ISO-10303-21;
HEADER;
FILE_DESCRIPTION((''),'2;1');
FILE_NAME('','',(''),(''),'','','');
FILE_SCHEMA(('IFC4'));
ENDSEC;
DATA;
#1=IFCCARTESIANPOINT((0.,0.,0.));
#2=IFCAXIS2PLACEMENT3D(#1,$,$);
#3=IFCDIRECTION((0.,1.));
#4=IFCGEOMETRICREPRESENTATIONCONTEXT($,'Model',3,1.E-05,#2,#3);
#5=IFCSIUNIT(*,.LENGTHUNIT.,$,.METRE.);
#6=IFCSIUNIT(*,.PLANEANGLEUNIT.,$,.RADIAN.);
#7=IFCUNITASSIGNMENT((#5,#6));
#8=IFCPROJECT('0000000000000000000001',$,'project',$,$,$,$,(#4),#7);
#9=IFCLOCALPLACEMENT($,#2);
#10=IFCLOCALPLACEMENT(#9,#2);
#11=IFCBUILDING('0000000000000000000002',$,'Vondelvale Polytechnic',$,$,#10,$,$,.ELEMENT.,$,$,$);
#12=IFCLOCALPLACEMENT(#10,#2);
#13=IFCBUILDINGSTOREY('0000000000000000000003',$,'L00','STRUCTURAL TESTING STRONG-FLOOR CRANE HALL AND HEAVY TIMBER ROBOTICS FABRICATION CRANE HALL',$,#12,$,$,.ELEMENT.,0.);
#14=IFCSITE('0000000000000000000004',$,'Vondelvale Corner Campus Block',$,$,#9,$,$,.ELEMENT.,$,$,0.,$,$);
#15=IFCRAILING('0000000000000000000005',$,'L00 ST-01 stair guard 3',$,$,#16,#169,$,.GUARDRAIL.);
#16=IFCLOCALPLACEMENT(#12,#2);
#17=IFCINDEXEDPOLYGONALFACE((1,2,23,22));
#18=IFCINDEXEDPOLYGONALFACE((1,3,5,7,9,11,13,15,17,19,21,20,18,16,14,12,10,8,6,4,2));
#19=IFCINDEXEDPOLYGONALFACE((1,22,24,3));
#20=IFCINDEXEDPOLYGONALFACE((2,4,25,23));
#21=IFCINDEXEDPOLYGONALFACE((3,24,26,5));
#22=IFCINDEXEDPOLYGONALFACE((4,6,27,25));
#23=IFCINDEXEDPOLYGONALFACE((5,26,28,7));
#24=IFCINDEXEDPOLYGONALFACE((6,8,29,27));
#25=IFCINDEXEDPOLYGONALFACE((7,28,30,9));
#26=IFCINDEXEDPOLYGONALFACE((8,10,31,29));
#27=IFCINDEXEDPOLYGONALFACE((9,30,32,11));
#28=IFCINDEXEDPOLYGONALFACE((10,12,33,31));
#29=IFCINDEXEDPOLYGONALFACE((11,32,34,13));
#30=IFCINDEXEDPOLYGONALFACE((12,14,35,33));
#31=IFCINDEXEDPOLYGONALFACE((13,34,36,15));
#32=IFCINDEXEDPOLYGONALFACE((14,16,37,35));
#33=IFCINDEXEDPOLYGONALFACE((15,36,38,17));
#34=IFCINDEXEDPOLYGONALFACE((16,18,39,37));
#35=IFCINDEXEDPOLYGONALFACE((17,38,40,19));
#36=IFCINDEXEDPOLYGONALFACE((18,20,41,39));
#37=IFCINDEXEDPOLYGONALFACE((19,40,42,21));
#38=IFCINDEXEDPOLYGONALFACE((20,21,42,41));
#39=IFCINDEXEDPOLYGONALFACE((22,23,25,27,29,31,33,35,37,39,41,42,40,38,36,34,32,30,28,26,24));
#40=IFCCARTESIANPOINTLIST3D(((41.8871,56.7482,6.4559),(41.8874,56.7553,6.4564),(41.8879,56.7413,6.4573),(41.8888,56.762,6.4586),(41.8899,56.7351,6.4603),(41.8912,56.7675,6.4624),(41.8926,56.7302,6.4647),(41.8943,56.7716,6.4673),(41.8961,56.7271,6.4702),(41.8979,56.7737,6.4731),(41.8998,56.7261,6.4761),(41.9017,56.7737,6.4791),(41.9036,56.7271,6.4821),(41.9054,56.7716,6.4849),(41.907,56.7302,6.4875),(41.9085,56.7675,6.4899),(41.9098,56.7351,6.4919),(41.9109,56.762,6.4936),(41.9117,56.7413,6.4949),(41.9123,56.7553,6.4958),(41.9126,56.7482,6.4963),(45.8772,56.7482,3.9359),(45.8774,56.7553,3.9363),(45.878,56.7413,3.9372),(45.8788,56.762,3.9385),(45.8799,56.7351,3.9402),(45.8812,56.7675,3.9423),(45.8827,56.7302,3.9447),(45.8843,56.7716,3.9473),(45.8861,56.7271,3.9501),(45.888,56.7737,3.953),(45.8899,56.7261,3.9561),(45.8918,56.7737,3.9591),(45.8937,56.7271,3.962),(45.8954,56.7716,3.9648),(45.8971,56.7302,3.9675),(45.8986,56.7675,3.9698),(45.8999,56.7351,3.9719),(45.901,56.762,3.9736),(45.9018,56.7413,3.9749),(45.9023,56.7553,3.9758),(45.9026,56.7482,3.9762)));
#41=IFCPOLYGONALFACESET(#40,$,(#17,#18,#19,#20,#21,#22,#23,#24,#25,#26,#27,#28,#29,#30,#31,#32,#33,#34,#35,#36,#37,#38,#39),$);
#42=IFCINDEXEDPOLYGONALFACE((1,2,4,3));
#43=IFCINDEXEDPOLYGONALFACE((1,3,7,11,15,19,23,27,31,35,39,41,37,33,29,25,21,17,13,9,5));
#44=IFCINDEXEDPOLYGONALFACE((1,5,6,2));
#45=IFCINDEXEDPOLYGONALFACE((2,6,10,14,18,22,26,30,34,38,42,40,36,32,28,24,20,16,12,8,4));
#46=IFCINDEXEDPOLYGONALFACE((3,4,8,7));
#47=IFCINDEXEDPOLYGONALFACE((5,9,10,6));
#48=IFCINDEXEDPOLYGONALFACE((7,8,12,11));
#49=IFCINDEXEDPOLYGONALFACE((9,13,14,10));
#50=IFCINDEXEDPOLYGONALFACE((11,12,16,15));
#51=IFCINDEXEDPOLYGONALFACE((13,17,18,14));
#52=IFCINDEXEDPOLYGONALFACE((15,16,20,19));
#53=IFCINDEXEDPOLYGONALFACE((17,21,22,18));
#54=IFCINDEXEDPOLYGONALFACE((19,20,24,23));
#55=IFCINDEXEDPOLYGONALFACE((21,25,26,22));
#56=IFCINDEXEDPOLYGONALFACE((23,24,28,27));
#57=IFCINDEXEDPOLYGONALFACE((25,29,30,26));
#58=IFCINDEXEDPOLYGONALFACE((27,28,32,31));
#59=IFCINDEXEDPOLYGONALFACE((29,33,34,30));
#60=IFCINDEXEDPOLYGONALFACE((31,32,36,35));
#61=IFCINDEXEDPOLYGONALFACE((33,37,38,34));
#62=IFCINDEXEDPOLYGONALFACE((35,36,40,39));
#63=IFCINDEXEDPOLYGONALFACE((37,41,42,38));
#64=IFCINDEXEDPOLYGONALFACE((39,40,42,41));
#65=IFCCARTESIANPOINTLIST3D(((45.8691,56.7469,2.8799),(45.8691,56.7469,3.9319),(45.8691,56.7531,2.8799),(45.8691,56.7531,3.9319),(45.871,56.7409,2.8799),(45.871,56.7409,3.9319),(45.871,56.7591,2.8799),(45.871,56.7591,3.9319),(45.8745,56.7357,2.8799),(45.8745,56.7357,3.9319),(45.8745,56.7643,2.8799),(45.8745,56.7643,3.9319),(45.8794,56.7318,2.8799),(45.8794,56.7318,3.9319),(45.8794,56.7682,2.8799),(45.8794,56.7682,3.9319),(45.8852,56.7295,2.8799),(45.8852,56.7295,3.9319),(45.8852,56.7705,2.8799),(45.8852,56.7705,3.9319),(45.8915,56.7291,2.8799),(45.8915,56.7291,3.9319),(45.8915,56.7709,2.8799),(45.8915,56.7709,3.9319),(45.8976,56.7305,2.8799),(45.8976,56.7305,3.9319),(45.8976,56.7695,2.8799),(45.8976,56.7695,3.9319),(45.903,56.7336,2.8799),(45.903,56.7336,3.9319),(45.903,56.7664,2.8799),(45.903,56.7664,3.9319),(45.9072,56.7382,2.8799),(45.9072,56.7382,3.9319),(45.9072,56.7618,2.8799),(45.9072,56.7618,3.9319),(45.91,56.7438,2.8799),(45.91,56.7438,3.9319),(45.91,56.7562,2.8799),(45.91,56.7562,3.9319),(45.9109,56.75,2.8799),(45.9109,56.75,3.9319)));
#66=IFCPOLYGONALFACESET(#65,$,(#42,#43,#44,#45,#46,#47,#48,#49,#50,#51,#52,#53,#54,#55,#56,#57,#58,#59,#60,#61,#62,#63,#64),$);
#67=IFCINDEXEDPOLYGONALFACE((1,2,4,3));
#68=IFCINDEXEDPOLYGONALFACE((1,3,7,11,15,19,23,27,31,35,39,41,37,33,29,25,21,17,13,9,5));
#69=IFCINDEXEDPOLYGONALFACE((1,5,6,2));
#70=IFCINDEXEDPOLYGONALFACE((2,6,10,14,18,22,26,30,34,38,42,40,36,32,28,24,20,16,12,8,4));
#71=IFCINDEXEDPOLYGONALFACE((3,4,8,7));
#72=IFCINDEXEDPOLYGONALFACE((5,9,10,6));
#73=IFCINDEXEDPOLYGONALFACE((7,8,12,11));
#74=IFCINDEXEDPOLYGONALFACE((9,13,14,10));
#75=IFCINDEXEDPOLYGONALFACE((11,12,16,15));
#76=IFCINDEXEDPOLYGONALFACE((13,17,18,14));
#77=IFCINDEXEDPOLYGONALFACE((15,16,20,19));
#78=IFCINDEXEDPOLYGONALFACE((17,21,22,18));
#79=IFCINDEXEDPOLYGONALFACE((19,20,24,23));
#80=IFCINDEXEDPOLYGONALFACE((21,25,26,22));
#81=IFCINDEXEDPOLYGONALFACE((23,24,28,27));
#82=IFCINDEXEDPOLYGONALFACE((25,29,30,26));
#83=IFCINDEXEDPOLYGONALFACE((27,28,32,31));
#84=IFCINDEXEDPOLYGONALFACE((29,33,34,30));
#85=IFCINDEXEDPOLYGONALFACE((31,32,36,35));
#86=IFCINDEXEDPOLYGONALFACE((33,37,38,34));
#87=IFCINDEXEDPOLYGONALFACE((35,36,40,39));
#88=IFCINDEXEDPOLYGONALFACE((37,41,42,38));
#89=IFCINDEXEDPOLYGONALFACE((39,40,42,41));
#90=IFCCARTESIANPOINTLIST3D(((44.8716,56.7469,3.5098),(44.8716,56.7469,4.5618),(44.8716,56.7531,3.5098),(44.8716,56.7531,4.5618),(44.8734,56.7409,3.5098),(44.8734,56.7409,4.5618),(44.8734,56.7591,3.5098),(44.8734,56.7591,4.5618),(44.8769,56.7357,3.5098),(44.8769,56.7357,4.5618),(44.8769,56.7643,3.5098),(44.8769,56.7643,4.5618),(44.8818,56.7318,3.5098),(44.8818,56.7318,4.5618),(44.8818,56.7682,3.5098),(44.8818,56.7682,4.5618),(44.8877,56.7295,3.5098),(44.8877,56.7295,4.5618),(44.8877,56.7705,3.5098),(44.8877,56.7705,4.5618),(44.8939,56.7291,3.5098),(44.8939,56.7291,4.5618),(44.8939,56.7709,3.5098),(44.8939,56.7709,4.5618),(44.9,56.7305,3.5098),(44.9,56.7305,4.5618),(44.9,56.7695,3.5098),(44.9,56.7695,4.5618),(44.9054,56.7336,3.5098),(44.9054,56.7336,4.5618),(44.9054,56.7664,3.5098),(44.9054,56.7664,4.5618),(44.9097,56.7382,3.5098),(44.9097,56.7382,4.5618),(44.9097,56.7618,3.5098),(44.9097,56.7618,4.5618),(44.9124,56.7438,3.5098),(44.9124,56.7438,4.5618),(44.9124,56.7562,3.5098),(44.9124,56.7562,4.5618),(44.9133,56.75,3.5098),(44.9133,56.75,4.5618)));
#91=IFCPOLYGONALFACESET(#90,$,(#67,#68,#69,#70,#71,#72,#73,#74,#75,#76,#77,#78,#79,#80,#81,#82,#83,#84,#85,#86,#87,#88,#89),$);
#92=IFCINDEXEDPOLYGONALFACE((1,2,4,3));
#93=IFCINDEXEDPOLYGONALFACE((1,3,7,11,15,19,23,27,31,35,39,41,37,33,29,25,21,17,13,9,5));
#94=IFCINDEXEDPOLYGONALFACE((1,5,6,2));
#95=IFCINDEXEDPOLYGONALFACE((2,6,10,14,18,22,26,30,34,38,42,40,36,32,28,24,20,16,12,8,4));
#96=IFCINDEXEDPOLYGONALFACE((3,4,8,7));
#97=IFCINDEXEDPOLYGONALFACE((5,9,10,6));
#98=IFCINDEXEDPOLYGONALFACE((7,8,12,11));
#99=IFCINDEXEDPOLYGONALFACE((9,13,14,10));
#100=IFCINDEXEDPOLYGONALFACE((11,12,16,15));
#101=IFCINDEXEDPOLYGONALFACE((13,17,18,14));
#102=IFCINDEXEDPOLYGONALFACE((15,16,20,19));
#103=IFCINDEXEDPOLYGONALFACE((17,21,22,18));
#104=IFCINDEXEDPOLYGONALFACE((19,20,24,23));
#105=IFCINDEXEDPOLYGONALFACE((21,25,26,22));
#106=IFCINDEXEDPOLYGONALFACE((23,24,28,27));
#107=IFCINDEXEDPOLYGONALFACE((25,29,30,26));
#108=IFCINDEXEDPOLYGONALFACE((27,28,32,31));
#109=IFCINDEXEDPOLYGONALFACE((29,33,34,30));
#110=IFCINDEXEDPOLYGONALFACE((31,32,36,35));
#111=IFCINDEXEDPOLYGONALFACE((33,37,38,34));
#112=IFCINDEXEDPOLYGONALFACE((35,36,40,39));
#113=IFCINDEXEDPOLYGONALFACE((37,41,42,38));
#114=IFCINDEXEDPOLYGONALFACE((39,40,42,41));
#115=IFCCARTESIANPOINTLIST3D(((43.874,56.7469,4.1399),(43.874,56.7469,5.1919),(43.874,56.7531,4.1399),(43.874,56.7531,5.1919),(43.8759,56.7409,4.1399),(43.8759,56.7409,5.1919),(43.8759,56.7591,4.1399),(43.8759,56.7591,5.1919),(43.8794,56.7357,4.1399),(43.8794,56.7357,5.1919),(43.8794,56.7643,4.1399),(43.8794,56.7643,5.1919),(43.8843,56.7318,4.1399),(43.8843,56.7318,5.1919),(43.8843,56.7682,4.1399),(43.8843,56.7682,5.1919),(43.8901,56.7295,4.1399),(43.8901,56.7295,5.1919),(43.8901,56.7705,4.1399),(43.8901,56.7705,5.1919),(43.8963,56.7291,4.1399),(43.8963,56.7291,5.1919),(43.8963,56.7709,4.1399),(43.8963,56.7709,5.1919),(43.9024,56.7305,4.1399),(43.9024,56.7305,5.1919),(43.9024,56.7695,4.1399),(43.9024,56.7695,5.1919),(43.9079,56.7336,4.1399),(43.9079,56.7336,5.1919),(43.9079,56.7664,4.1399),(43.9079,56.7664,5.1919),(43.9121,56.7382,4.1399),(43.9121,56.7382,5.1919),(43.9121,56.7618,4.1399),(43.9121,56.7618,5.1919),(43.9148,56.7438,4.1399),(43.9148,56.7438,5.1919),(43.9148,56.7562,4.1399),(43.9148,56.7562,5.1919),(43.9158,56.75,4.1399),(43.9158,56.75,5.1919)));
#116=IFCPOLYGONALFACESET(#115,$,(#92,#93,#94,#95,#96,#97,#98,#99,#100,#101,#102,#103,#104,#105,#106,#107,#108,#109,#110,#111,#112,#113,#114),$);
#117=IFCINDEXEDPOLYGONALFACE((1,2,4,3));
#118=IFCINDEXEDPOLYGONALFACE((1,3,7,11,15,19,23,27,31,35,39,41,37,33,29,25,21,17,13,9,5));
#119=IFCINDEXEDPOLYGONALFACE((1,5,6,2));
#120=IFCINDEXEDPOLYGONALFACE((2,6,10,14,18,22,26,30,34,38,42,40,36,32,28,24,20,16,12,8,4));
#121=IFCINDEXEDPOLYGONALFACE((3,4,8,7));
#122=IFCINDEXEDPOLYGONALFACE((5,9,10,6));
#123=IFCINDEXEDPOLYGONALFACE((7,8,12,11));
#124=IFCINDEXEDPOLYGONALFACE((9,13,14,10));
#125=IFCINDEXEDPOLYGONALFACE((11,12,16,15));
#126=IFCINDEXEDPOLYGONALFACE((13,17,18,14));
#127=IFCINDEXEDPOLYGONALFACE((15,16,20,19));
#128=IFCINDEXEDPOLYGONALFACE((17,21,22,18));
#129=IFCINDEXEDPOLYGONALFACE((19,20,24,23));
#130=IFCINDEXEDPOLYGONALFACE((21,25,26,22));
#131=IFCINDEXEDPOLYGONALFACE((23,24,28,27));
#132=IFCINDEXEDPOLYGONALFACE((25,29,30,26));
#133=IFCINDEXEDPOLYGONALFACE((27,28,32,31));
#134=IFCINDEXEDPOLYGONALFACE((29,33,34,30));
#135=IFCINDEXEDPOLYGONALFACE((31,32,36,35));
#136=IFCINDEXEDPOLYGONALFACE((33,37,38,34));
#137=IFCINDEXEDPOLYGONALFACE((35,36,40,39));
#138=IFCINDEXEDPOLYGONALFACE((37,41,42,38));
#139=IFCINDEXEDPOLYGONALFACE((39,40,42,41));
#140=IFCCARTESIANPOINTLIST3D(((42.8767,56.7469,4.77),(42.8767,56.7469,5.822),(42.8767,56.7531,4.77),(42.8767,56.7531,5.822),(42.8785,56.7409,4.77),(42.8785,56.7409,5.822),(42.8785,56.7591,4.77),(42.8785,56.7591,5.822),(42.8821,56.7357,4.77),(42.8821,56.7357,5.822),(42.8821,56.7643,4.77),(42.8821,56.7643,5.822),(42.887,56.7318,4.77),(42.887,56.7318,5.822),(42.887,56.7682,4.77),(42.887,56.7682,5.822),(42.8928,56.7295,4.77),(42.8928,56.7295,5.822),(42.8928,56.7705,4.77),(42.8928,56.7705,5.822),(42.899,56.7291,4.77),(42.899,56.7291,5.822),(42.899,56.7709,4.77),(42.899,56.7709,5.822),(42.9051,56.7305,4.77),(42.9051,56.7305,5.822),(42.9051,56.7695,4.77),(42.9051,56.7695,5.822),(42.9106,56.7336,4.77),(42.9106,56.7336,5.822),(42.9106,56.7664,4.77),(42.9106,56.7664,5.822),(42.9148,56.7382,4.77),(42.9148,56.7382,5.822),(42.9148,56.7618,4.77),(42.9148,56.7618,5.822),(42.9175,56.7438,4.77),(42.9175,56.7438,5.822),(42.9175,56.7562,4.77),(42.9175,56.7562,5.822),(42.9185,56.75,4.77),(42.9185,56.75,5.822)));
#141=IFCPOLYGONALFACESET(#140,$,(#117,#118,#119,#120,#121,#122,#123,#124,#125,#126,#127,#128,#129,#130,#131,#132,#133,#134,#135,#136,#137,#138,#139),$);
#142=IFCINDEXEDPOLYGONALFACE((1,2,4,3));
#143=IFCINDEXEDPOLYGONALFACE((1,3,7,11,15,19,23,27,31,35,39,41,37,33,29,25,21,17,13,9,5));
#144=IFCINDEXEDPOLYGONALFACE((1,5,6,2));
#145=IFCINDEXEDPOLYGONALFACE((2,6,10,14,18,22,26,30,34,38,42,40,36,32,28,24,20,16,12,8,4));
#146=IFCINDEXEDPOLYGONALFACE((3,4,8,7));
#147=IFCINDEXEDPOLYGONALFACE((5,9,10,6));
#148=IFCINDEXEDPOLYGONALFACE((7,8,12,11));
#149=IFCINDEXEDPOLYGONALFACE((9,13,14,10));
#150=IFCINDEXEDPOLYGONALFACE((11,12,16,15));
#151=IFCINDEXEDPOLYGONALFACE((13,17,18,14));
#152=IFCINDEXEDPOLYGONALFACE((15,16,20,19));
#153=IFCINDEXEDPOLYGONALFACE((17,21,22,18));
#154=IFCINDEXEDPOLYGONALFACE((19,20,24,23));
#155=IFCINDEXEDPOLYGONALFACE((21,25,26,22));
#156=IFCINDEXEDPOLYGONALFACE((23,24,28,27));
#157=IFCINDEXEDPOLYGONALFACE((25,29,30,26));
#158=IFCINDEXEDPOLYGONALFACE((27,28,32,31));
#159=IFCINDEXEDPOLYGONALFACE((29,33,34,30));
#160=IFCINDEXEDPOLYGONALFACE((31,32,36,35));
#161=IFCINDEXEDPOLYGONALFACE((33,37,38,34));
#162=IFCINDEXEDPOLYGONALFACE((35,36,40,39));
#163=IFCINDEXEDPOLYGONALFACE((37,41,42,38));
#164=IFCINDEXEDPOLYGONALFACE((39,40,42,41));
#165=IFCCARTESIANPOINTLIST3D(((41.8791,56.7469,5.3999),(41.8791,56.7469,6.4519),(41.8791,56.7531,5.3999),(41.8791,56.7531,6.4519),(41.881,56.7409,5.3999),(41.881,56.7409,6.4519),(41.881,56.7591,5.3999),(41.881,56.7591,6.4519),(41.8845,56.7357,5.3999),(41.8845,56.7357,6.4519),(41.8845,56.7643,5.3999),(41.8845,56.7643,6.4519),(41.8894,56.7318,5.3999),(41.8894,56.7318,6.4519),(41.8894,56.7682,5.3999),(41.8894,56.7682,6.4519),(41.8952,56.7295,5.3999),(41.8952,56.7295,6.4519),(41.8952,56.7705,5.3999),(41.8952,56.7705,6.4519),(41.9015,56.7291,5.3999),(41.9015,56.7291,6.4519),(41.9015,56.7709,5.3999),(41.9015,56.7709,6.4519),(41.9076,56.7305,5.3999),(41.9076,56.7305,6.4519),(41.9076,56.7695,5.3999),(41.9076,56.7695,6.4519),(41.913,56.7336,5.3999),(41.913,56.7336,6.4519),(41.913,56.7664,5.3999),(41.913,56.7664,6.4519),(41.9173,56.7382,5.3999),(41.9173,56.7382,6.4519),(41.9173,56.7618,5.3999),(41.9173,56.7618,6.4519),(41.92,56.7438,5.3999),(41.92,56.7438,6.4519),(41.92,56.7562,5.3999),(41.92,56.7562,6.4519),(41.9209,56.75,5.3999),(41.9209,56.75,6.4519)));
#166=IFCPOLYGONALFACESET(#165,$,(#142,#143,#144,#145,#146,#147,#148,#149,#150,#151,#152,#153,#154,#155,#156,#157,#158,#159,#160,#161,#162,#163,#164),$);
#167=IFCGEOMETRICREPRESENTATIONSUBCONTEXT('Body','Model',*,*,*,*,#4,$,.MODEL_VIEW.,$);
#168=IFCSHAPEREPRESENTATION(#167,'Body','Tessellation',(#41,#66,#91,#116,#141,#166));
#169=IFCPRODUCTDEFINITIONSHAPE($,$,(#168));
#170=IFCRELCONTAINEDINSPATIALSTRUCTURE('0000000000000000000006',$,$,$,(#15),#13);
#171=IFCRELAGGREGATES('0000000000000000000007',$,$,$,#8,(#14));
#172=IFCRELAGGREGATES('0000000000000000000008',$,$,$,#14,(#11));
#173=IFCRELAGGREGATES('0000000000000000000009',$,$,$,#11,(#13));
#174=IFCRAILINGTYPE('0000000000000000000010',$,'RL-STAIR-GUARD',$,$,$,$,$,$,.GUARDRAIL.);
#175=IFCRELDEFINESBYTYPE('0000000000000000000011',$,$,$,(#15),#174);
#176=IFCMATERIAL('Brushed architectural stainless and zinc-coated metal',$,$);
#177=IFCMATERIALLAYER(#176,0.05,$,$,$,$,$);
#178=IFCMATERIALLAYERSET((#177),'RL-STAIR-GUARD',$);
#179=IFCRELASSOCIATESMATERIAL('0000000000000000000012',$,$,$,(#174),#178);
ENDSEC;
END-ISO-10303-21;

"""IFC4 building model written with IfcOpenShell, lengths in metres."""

from ifc_helpers import new_model, si_unit, direction, frame, origin, origin_2d, place, context, subcontext, project, spatial, circle, extrude, material, layer, layer_set, type_object, element, save


model = new_model("IFC4")

# Units and contexts
model_context = context("Model", 3, precision=1e-05, world=origin(), true_north=direction((0.0, 1.0)))
body_context = subcontext(model_context, "Body", "Model", "MODEL_VIEW")
ifc_project = project(units=[si_unit("LENGTHUNIT", "METRE"), si_unit("PLANEANGLEUNIT", "RADIAN")], contexts=[model_context])

# Site, building, storey
site_placement = place(None, origin())
site = spatial("IfcSite", under=ifc_project, at=site_placement, Name="Vondelvale Corner Campus Block", CompositionType="ELEMENT", RefElevation=0.0)
building_placement = place(site_placement, origin())
building = spatial("IfcBuilding", under=site, at=building_placement, Name="Vondelvale Polytechnic", CompositionType="ELEMENT")
storey_placement = place(building_placement, origin())
storey = spatial("IfcBuildingStorey", under=building, at=storey_placement, Name="L00", Description="STRUCTURAL TESTING STRONG-FLOOR CRANE HALL AND HEAVY TIMBER ROBOTICS FABRICATION CRANE HALL", CompositionType="ELEMENT", Elevation=0.0)

# Railing
ifc_material_1 = material(Name="Brushed architectural stainless and zinc-coated metal")
ifc_layer_1 = layer(ifc_material_1, 0.05)
ifc_layer_set_1 = layer_set([ifc_layer_1], Name="RL-STAIR-GUARD")
railing_type_1 = type_object("IfcRailingType", Name="RL-STAIR-GUARD", PredefinedType="GUARDRAIL", material=ifc_layer_set_1)
railing_1_placement = place(storey_placement, frame((45.8899, 56.75, 2.8799)))
element("IfcRailing", 1, at=railing_1_placement, inside=storey, type_object=railing_type_1, Name="L00 ST-01 stair guard 3", PredefinedType="GUARDRAIL", context=body_context, shape_type="SweptSolid", body=[
    extrude(circle(Radius=0.0239, at=origin_2d()), frame((0.0, 0.0, 1.0762), z_axis=(-0.845486, 0.0, 0.533997), x_axis=(0.0, -1.0, 0.0)), (0.0, 0.0, 1.0), 4.7192),
    extrude(circle(Radius=0.021, at=origin_2d()), origin(), (0.0, 0.0, 1.0), 1.052),
    extrude(circle(Radius=0.021, at=origin_2d()), frame((-0.9976, 0.0, 0.6299)), (0.0, 0.0, 1.0), 1.052),
    extrude(circle(Radius=0.021, at=origin_2d()), frame((-1.9951, 0.0, 1.26)), (0.0, 0.0, 1.0), 1.052),
    extrude(circle(Radius=0.021, at=origin_2d()), frame((-2.9924, 0.0, 1.8901)), (0.0, 0.0, 1.0), 1.052),
    extrude(circle(Radius=0.021, at=origin_2d()), frame((-3.99, 0.0, 2.52)), (0.0, 0.0, 1.0), 1.052),
])

save(model, "model.ifc")
